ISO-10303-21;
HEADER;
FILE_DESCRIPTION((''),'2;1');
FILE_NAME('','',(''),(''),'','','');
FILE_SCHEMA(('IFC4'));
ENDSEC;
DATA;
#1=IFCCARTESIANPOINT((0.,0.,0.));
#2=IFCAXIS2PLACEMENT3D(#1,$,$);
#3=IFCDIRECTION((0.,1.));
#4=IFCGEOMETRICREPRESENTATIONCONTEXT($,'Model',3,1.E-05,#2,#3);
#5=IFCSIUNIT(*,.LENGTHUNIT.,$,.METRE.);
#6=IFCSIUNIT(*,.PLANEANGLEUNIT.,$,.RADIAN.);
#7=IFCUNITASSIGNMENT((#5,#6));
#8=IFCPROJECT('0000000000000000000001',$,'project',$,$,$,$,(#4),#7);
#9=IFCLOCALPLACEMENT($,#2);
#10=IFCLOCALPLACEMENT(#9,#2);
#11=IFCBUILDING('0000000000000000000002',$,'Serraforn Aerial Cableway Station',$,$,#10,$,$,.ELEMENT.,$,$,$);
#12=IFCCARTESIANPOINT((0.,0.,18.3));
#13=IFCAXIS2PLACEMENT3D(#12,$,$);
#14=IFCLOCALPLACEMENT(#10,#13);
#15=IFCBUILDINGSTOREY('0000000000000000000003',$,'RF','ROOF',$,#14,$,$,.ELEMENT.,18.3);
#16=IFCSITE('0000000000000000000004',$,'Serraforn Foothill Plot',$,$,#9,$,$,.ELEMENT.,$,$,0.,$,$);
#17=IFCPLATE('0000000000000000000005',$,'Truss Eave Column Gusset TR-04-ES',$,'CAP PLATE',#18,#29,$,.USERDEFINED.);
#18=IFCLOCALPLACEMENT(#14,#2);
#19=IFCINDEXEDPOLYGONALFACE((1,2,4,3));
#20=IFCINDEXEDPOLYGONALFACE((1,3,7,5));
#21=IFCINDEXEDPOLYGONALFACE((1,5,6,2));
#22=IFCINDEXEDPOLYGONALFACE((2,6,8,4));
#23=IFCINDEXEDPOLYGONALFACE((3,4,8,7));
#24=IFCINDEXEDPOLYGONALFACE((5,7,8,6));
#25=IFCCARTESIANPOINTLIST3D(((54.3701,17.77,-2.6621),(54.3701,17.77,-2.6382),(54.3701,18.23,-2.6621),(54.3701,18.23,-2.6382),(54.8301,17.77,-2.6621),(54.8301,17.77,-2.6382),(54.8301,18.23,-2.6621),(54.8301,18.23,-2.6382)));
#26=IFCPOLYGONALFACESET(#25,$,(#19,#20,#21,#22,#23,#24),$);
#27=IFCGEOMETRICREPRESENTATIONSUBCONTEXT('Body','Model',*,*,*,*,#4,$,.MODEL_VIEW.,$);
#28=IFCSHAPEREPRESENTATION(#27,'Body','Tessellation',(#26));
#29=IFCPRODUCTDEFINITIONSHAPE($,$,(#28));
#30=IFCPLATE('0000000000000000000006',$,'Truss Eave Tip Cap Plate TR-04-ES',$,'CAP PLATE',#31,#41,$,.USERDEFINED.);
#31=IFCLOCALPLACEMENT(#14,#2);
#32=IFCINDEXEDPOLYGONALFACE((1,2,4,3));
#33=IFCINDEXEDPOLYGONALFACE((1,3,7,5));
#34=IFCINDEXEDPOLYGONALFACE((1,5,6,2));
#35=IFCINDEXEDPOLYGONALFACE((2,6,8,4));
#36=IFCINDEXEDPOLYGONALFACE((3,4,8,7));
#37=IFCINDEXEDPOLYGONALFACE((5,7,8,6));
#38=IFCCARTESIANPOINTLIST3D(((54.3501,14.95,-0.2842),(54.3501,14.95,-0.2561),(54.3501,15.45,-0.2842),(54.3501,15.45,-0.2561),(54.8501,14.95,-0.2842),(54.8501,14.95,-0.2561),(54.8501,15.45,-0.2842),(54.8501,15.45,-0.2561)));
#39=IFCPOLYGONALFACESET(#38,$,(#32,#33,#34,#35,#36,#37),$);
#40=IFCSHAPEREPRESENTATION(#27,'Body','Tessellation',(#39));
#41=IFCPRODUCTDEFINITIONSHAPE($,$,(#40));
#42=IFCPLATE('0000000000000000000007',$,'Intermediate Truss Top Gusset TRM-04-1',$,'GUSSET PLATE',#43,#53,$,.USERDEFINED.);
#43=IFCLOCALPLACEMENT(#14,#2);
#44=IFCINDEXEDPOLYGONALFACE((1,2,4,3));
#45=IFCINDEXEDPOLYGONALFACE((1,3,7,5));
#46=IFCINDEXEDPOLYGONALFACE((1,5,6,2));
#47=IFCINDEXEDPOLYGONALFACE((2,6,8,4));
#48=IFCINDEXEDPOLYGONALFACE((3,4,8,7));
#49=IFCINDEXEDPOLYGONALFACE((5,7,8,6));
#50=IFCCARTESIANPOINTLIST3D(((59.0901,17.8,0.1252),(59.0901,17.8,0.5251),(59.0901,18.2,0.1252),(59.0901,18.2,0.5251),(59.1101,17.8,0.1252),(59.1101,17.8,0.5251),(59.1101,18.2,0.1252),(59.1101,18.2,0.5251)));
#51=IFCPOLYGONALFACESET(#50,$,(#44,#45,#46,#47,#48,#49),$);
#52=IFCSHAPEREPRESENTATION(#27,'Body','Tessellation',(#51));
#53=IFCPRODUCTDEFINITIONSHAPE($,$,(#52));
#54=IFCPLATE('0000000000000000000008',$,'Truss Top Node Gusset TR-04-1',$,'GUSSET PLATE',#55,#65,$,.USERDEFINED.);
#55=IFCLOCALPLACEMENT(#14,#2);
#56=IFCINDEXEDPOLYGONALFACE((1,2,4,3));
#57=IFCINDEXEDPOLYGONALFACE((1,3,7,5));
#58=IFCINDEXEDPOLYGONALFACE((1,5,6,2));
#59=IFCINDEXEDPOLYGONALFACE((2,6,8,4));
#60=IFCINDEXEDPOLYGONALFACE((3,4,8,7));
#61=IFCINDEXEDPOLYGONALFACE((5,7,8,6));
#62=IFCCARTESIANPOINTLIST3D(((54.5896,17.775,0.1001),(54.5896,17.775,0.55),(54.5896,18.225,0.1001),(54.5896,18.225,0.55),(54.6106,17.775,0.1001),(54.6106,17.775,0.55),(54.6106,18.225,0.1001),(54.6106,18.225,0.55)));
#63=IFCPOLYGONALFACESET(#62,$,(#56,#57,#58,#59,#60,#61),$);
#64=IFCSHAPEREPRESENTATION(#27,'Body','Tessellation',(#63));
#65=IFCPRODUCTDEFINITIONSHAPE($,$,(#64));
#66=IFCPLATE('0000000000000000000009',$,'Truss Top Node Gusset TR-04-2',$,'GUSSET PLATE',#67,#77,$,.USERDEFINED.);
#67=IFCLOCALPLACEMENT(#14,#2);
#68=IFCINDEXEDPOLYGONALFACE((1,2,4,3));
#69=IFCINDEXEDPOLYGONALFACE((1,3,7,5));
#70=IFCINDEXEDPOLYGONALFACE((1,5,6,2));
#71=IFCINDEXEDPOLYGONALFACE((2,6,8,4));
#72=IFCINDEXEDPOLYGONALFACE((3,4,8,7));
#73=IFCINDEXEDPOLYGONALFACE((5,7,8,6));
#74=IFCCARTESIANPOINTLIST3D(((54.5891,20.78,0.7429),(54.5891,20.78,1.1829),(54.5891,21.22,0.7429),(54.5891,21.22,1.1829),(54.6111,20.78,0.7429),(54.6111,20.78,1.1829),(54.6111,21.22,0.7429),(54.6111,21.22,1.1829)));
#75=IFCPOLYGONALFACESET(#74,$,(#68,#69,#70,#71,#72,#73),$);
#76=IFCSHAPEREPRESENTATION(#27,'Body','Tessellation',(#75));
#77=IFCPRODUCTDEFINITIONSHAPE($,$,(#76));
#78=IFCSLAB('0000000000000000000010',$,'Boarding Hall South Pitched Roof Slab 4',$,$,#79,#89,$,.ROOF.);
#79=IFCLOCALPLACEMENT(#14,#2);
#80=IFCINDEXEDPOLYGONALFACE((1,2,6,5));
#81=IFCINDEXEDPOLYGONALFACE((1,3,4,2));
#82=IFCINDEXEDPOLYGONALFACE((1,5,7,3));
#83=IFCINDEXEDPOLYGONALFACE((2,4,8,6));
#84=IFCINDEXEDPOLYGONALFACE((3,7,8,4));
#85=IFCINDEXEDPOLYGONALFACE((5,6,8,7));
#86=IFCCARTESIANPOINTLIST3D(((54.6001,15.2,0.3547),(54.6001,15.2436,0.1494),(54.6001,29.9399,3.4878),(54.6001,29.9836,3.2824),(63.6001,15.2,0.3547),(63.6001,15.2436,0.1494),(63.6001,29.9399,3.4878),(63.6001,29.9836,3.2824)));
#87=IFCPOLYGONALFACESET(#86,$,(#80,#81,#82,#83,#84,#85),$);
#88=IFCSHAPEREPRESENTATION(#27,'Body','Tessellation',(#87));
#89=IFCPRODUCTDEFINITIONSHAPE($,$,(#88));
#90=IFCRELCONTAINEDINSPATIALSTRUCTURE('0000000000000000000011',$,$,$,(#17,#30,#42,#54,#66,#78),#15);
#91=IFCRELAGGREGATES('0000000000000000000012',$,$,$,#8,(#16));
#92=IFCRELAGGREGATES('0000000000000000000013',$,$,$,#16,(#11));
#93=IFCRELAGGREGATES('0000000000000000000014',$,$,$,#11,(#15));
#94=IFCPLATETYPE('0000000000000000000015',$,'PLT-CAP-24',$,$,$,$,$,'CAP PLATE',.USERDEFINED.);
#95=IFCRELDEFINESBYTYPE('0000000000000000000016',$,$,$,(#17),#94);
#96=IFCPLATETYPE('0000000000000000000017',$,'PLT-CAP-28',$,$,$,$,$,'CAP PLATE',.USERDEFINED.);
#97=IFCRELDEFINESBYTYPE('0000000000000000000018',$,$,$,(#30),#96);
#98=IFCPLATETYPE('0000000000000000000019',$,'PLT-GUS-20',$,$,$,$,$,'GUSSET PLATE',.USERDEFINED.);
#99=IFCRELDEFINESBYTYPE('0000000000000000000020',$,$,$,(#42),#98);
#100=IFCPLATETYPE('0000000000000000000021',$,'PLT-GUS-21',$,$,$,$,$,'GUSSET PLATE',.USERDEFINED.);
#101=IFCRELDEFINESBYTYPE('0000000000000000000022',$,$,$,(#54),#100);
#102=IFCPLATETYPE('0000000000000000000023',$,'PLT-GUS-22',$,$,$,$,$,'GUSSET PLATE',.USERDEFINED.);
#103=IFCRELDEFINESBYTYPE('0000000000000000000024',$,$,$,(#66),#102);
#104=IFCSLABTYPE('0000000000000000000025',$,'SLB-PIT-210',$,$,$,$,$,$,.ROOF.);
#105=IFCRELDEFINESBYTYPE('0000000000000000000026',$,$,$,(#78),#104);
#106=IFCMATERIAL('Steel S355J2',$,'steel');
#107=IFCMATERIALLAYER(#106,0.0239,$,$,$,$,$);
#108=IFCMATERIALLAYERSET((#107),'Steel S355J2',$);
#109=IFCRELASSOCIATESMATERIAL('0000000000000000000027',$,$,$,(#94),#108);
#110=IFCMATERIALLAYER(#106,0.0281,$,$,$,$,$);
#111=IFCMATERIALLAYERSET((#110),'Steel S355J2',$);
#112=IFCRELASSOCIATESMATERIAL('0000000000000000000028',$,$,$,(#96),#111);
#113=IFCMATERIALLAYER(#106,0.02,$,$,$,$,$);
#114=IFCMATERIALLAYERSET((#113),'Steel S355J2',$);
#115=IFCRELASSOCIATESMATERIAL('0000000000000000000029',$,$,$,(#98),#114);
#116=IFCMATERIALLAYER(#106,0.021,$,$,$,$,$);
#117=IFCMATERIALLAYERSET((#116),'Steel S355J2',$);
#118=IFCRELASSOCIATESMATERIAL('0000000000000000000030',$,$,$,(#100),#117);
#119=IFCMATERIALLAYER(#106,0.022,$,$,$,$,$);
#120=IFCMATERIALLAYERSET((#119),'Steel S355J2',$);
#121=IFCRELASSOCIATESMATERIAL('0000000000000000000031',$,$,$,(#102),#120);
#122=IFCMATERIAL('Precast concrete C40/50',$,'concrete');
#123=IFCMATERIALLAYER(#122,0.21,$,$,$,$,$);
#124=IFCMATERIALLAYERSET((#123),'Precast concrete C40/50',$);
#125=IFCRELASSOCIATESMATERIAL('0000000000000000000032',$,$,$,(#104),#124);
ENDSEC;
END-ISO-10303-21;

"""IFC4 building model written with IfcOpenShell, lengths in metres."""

from ifc_helpers import new_model, si_unit, direction, frame, origin, origin_2d, place, context, subcontext, project, spatial, polyline, rectangle, outline, extrude, material, layer, layer_set, type_object, element, save


model = new_model("IFC4")

# Units and contexts
model_context = context("Model", 3, precision=1e-05, world=origin(), true_north=direction((0.0, 1.0)))
body_context = subcontext(model_context, "Body", "Model", "MODEL_VIEW")
ifc_project = project(units=[si_unit("LENGTHUNIT", "METRE"), si_unit("PLANEANGLEUNIT", "RADIAN")], contexts=[model_context])

# Site, building, storey
site_placement = place(None, origin())
site = spatial("IfcSite", under=ifc_project, at=site_placement, Name="Serraforn Foothill Plot", CompositionType="ELEMENT", RefElevation=0.0)
building_placement = place(site_placement, origin())
building = spatial("IfcBuilding", under=site, at=building_placement, Name="Serraforn Aerial Cableway Station", CompositionType="ELEMENT")
storey_placement = place(building_placement, frame((0.0, 0.0, 18.3)))
storey = spatial("IfcBuildingStorey", under=building, at=storey_placement, Name="RF", Description="ROOF", CompositionType="ELEMENT", Elevation=18.3)

# Shared definitions
ifc_material_1 = material(Name="Steel S355J2", Category="steel")

# Plates
ifc_layer_1 = layer(ifc_material_1, 0.0239)
ifc_layer_set_1 = layer_set([ifc_layer_1], Name="Steel S355J2")
plate_type_1 = type_object("IfcPlateType", Name="PLT-CAP-24", ElementType="CAP PLATE", PredefinedType="USERDEFINED", material=ifc_layer_set_1)
plate_1_placement = place(storey_placement, frame((54.6001, 18.0, -2.6621), z_axis=(0.0, 0.0, 1.0), x_axis=(1.0, 0.0, 0.0)))
element("IfcPlate", 1, at=plate_1_placement, inside=storey, type_object=plate_type_1, Name="Truss Eave Column Gusset TR-04-ES", ObjectType="CAP PLATE", PredefinedType="USERDEFINED", context=body_context, shape_type="SweptSolid", body=[
    extrude(rectangle(XDim=0.46, YDim=0.46, at=origin_2d()), origin(), (0.0, 0.0, 1.0), 0.0239),
])
ifc_layer_2 = layer(ifc_material_1, 0.0281)
ifc_layer_set_2 = layer_set([ifc_layer_2], Name="Steel S355J2")
plate_type_2 = type_object("IfcPlateType", Name="PLT-CAP-28", ElementType="CAP PLATE", PredefinedType="USERDEFINED", material=ifc_layer_set_2)
plate_2_placement = place(storey_placement, frame((54.6001, 15.2, -0.2842), z_axis=(0.0, 0.0, 1.0), x_axis=(1.0, 0.0, 0.0)))
element("IfcPlate", 2, at=plate_2_placement, inside=storey, type_object=plate_type_2, Name="Truss Eave Tip Cap Plate TR-04-ES", ObjectType="CAP PLATE", PredefinedType="USERDEFINED", context=body_context, shape_type="SweptSolid", body=[
    extrude(rectangle(XDim=0.5, YDim=0.5, at=origin_2d()), origin(), (0.0, 0.0, 1.0), 0.0281),
])
ifc_layer_3 = layer(ifc_material_1, 0.02)
ifc_layer_set_3 = layer_set([ifc_layer_3], Name="Steel S355J2")
plate_type_3 = type_object("IfcPlateType", Name="PLT-GUS-20", ElementType="GUSSET PLATE", PredefinedType="USERDEFINED", material=ifc_layer_set_3)
plate_3_placement = place(storey_placement, frame((59.1001, 18.0, 0.1252), z_axis=(0.0, 0.0, 1.0), x_axis=(1.0, 0.0, 0.0)))
element("IfcPlate", 3, at=plate_3_placement, inside=storey, type_object=plate_type_3, Name="Intermediate Truss Top Gusset TRM-04-1", ObjectType="GUSSET PLATE", PredefinedType="USERDEFINED", context=body_context, shape_type="SweptSolid", body=[
    extrude(rectangle(XDim=0.02, YDim=0.3999, at=origin_2d()), origin(), (0.0, 0.0, 1.0), 0.3999),
])
ifc_layer_4 = layer(ifc_material_1, 0.021)
ifc_layer_set_4 = layer_set([ifc_layer_4], Name="Steel S355J2")
plate_type_4 = type_object("IfcPlateType", Name="PLT-GUS-21", ElementType="GUSSET PLATE", PredefinedType="USERDEFINED", material=ifc_layer_set_4)
plate_4_placement = place(storey_placement, frame((54.6001, 18.0, 0.1001), z_axis=(0.0, 0.0, 1.0), x_axis=(1.0, 0.0, 0.0)))
element("IfcPlate", 4, at=plate_4_placement, inside=storey, type_object=plate_type_4, Name="Truss Top Node Gusset TR-04-1", ObjectType="GUSSET PLATE", PredefinedType="USERDEFINED", context=body_context, shape_type="SweptSolid", body=[
    extrude(rectangle(XDim=0.021, YDim=0.45, at=origin_2d()), origin(), (0.0, 0.0, 1.0), 0.45),
])
ifc_layer_5 = layer(ifc_material_1, 0.022)
ifc_layer_set_5 = layer_set([ifc_layer_5], Name="Steel S355J2")
plate_type_5 = type_object("IfcPlateType", Name="PLT-GUS-22", ElementType="GUSSET PLATE", PredefinedType="USERDEFINED", material=ifc_layer_set_5)
plate_5_placement = place(storey_placement, frame((54.6001, 21.0, 0.7429), z_axis=(0.0, 0.0, 1.0), x_axis=(1.0, 0.0, 0.0)))
element("IfcPlate", 5, at=plate_5_placement, inside=storey, type_object=plate_type_5, Name="Truss Top Node Gusset TR-04-2", ObjectType="GUSSET PLATE", PredefinedType="USERDEFINED", context=body_context, shape_type="SweptSolid", body=[
    extrude(rectangle(XDim=0.022, YDim=0.4399, at=origin_2d()), origin(), (0.0, 0.0, 1.0), 0.4399),
])

# Slab
ifc_material_2 = material(Name="Precast concrete C40/50", Category="concrete")
ifc_layer_6 = layer(ifc_material_2, 0.21)
ifc_layer_set_6 = layer_set([ifc_layer_6], Name="Precast concrete C40/50")
slab_type = type_object("IfcSlabType", Name="SLB-PIT-210", PredefinedType="ROOF", material=ifc_layer_set_6)
slab_placement = place(storey_placement, frame((54.6001, 15.2, 0.3547), z_axis=(0.0, -0.20791, 0.978148), x_axis=(1.0, 0.0, 0.0)))
element("IfcSlab", 6, at=slab_placement, inside=storey, type_object=slab_type, Name="Boarding Hall South Pitched Roof Slab 4", PredefinedType="ROOF", context=body_context, shape_type="SweptSolid", body=[
    extrude(outline(polyline([(0.0, 0.0), (9.0, 0.0), (9.0, 15.0693), (0.0, 15.0693), (0.0, 0.0)])), origin(), (0.0, 0.0, -1.0), 0.21),
])

save(model, "model.ifc")
